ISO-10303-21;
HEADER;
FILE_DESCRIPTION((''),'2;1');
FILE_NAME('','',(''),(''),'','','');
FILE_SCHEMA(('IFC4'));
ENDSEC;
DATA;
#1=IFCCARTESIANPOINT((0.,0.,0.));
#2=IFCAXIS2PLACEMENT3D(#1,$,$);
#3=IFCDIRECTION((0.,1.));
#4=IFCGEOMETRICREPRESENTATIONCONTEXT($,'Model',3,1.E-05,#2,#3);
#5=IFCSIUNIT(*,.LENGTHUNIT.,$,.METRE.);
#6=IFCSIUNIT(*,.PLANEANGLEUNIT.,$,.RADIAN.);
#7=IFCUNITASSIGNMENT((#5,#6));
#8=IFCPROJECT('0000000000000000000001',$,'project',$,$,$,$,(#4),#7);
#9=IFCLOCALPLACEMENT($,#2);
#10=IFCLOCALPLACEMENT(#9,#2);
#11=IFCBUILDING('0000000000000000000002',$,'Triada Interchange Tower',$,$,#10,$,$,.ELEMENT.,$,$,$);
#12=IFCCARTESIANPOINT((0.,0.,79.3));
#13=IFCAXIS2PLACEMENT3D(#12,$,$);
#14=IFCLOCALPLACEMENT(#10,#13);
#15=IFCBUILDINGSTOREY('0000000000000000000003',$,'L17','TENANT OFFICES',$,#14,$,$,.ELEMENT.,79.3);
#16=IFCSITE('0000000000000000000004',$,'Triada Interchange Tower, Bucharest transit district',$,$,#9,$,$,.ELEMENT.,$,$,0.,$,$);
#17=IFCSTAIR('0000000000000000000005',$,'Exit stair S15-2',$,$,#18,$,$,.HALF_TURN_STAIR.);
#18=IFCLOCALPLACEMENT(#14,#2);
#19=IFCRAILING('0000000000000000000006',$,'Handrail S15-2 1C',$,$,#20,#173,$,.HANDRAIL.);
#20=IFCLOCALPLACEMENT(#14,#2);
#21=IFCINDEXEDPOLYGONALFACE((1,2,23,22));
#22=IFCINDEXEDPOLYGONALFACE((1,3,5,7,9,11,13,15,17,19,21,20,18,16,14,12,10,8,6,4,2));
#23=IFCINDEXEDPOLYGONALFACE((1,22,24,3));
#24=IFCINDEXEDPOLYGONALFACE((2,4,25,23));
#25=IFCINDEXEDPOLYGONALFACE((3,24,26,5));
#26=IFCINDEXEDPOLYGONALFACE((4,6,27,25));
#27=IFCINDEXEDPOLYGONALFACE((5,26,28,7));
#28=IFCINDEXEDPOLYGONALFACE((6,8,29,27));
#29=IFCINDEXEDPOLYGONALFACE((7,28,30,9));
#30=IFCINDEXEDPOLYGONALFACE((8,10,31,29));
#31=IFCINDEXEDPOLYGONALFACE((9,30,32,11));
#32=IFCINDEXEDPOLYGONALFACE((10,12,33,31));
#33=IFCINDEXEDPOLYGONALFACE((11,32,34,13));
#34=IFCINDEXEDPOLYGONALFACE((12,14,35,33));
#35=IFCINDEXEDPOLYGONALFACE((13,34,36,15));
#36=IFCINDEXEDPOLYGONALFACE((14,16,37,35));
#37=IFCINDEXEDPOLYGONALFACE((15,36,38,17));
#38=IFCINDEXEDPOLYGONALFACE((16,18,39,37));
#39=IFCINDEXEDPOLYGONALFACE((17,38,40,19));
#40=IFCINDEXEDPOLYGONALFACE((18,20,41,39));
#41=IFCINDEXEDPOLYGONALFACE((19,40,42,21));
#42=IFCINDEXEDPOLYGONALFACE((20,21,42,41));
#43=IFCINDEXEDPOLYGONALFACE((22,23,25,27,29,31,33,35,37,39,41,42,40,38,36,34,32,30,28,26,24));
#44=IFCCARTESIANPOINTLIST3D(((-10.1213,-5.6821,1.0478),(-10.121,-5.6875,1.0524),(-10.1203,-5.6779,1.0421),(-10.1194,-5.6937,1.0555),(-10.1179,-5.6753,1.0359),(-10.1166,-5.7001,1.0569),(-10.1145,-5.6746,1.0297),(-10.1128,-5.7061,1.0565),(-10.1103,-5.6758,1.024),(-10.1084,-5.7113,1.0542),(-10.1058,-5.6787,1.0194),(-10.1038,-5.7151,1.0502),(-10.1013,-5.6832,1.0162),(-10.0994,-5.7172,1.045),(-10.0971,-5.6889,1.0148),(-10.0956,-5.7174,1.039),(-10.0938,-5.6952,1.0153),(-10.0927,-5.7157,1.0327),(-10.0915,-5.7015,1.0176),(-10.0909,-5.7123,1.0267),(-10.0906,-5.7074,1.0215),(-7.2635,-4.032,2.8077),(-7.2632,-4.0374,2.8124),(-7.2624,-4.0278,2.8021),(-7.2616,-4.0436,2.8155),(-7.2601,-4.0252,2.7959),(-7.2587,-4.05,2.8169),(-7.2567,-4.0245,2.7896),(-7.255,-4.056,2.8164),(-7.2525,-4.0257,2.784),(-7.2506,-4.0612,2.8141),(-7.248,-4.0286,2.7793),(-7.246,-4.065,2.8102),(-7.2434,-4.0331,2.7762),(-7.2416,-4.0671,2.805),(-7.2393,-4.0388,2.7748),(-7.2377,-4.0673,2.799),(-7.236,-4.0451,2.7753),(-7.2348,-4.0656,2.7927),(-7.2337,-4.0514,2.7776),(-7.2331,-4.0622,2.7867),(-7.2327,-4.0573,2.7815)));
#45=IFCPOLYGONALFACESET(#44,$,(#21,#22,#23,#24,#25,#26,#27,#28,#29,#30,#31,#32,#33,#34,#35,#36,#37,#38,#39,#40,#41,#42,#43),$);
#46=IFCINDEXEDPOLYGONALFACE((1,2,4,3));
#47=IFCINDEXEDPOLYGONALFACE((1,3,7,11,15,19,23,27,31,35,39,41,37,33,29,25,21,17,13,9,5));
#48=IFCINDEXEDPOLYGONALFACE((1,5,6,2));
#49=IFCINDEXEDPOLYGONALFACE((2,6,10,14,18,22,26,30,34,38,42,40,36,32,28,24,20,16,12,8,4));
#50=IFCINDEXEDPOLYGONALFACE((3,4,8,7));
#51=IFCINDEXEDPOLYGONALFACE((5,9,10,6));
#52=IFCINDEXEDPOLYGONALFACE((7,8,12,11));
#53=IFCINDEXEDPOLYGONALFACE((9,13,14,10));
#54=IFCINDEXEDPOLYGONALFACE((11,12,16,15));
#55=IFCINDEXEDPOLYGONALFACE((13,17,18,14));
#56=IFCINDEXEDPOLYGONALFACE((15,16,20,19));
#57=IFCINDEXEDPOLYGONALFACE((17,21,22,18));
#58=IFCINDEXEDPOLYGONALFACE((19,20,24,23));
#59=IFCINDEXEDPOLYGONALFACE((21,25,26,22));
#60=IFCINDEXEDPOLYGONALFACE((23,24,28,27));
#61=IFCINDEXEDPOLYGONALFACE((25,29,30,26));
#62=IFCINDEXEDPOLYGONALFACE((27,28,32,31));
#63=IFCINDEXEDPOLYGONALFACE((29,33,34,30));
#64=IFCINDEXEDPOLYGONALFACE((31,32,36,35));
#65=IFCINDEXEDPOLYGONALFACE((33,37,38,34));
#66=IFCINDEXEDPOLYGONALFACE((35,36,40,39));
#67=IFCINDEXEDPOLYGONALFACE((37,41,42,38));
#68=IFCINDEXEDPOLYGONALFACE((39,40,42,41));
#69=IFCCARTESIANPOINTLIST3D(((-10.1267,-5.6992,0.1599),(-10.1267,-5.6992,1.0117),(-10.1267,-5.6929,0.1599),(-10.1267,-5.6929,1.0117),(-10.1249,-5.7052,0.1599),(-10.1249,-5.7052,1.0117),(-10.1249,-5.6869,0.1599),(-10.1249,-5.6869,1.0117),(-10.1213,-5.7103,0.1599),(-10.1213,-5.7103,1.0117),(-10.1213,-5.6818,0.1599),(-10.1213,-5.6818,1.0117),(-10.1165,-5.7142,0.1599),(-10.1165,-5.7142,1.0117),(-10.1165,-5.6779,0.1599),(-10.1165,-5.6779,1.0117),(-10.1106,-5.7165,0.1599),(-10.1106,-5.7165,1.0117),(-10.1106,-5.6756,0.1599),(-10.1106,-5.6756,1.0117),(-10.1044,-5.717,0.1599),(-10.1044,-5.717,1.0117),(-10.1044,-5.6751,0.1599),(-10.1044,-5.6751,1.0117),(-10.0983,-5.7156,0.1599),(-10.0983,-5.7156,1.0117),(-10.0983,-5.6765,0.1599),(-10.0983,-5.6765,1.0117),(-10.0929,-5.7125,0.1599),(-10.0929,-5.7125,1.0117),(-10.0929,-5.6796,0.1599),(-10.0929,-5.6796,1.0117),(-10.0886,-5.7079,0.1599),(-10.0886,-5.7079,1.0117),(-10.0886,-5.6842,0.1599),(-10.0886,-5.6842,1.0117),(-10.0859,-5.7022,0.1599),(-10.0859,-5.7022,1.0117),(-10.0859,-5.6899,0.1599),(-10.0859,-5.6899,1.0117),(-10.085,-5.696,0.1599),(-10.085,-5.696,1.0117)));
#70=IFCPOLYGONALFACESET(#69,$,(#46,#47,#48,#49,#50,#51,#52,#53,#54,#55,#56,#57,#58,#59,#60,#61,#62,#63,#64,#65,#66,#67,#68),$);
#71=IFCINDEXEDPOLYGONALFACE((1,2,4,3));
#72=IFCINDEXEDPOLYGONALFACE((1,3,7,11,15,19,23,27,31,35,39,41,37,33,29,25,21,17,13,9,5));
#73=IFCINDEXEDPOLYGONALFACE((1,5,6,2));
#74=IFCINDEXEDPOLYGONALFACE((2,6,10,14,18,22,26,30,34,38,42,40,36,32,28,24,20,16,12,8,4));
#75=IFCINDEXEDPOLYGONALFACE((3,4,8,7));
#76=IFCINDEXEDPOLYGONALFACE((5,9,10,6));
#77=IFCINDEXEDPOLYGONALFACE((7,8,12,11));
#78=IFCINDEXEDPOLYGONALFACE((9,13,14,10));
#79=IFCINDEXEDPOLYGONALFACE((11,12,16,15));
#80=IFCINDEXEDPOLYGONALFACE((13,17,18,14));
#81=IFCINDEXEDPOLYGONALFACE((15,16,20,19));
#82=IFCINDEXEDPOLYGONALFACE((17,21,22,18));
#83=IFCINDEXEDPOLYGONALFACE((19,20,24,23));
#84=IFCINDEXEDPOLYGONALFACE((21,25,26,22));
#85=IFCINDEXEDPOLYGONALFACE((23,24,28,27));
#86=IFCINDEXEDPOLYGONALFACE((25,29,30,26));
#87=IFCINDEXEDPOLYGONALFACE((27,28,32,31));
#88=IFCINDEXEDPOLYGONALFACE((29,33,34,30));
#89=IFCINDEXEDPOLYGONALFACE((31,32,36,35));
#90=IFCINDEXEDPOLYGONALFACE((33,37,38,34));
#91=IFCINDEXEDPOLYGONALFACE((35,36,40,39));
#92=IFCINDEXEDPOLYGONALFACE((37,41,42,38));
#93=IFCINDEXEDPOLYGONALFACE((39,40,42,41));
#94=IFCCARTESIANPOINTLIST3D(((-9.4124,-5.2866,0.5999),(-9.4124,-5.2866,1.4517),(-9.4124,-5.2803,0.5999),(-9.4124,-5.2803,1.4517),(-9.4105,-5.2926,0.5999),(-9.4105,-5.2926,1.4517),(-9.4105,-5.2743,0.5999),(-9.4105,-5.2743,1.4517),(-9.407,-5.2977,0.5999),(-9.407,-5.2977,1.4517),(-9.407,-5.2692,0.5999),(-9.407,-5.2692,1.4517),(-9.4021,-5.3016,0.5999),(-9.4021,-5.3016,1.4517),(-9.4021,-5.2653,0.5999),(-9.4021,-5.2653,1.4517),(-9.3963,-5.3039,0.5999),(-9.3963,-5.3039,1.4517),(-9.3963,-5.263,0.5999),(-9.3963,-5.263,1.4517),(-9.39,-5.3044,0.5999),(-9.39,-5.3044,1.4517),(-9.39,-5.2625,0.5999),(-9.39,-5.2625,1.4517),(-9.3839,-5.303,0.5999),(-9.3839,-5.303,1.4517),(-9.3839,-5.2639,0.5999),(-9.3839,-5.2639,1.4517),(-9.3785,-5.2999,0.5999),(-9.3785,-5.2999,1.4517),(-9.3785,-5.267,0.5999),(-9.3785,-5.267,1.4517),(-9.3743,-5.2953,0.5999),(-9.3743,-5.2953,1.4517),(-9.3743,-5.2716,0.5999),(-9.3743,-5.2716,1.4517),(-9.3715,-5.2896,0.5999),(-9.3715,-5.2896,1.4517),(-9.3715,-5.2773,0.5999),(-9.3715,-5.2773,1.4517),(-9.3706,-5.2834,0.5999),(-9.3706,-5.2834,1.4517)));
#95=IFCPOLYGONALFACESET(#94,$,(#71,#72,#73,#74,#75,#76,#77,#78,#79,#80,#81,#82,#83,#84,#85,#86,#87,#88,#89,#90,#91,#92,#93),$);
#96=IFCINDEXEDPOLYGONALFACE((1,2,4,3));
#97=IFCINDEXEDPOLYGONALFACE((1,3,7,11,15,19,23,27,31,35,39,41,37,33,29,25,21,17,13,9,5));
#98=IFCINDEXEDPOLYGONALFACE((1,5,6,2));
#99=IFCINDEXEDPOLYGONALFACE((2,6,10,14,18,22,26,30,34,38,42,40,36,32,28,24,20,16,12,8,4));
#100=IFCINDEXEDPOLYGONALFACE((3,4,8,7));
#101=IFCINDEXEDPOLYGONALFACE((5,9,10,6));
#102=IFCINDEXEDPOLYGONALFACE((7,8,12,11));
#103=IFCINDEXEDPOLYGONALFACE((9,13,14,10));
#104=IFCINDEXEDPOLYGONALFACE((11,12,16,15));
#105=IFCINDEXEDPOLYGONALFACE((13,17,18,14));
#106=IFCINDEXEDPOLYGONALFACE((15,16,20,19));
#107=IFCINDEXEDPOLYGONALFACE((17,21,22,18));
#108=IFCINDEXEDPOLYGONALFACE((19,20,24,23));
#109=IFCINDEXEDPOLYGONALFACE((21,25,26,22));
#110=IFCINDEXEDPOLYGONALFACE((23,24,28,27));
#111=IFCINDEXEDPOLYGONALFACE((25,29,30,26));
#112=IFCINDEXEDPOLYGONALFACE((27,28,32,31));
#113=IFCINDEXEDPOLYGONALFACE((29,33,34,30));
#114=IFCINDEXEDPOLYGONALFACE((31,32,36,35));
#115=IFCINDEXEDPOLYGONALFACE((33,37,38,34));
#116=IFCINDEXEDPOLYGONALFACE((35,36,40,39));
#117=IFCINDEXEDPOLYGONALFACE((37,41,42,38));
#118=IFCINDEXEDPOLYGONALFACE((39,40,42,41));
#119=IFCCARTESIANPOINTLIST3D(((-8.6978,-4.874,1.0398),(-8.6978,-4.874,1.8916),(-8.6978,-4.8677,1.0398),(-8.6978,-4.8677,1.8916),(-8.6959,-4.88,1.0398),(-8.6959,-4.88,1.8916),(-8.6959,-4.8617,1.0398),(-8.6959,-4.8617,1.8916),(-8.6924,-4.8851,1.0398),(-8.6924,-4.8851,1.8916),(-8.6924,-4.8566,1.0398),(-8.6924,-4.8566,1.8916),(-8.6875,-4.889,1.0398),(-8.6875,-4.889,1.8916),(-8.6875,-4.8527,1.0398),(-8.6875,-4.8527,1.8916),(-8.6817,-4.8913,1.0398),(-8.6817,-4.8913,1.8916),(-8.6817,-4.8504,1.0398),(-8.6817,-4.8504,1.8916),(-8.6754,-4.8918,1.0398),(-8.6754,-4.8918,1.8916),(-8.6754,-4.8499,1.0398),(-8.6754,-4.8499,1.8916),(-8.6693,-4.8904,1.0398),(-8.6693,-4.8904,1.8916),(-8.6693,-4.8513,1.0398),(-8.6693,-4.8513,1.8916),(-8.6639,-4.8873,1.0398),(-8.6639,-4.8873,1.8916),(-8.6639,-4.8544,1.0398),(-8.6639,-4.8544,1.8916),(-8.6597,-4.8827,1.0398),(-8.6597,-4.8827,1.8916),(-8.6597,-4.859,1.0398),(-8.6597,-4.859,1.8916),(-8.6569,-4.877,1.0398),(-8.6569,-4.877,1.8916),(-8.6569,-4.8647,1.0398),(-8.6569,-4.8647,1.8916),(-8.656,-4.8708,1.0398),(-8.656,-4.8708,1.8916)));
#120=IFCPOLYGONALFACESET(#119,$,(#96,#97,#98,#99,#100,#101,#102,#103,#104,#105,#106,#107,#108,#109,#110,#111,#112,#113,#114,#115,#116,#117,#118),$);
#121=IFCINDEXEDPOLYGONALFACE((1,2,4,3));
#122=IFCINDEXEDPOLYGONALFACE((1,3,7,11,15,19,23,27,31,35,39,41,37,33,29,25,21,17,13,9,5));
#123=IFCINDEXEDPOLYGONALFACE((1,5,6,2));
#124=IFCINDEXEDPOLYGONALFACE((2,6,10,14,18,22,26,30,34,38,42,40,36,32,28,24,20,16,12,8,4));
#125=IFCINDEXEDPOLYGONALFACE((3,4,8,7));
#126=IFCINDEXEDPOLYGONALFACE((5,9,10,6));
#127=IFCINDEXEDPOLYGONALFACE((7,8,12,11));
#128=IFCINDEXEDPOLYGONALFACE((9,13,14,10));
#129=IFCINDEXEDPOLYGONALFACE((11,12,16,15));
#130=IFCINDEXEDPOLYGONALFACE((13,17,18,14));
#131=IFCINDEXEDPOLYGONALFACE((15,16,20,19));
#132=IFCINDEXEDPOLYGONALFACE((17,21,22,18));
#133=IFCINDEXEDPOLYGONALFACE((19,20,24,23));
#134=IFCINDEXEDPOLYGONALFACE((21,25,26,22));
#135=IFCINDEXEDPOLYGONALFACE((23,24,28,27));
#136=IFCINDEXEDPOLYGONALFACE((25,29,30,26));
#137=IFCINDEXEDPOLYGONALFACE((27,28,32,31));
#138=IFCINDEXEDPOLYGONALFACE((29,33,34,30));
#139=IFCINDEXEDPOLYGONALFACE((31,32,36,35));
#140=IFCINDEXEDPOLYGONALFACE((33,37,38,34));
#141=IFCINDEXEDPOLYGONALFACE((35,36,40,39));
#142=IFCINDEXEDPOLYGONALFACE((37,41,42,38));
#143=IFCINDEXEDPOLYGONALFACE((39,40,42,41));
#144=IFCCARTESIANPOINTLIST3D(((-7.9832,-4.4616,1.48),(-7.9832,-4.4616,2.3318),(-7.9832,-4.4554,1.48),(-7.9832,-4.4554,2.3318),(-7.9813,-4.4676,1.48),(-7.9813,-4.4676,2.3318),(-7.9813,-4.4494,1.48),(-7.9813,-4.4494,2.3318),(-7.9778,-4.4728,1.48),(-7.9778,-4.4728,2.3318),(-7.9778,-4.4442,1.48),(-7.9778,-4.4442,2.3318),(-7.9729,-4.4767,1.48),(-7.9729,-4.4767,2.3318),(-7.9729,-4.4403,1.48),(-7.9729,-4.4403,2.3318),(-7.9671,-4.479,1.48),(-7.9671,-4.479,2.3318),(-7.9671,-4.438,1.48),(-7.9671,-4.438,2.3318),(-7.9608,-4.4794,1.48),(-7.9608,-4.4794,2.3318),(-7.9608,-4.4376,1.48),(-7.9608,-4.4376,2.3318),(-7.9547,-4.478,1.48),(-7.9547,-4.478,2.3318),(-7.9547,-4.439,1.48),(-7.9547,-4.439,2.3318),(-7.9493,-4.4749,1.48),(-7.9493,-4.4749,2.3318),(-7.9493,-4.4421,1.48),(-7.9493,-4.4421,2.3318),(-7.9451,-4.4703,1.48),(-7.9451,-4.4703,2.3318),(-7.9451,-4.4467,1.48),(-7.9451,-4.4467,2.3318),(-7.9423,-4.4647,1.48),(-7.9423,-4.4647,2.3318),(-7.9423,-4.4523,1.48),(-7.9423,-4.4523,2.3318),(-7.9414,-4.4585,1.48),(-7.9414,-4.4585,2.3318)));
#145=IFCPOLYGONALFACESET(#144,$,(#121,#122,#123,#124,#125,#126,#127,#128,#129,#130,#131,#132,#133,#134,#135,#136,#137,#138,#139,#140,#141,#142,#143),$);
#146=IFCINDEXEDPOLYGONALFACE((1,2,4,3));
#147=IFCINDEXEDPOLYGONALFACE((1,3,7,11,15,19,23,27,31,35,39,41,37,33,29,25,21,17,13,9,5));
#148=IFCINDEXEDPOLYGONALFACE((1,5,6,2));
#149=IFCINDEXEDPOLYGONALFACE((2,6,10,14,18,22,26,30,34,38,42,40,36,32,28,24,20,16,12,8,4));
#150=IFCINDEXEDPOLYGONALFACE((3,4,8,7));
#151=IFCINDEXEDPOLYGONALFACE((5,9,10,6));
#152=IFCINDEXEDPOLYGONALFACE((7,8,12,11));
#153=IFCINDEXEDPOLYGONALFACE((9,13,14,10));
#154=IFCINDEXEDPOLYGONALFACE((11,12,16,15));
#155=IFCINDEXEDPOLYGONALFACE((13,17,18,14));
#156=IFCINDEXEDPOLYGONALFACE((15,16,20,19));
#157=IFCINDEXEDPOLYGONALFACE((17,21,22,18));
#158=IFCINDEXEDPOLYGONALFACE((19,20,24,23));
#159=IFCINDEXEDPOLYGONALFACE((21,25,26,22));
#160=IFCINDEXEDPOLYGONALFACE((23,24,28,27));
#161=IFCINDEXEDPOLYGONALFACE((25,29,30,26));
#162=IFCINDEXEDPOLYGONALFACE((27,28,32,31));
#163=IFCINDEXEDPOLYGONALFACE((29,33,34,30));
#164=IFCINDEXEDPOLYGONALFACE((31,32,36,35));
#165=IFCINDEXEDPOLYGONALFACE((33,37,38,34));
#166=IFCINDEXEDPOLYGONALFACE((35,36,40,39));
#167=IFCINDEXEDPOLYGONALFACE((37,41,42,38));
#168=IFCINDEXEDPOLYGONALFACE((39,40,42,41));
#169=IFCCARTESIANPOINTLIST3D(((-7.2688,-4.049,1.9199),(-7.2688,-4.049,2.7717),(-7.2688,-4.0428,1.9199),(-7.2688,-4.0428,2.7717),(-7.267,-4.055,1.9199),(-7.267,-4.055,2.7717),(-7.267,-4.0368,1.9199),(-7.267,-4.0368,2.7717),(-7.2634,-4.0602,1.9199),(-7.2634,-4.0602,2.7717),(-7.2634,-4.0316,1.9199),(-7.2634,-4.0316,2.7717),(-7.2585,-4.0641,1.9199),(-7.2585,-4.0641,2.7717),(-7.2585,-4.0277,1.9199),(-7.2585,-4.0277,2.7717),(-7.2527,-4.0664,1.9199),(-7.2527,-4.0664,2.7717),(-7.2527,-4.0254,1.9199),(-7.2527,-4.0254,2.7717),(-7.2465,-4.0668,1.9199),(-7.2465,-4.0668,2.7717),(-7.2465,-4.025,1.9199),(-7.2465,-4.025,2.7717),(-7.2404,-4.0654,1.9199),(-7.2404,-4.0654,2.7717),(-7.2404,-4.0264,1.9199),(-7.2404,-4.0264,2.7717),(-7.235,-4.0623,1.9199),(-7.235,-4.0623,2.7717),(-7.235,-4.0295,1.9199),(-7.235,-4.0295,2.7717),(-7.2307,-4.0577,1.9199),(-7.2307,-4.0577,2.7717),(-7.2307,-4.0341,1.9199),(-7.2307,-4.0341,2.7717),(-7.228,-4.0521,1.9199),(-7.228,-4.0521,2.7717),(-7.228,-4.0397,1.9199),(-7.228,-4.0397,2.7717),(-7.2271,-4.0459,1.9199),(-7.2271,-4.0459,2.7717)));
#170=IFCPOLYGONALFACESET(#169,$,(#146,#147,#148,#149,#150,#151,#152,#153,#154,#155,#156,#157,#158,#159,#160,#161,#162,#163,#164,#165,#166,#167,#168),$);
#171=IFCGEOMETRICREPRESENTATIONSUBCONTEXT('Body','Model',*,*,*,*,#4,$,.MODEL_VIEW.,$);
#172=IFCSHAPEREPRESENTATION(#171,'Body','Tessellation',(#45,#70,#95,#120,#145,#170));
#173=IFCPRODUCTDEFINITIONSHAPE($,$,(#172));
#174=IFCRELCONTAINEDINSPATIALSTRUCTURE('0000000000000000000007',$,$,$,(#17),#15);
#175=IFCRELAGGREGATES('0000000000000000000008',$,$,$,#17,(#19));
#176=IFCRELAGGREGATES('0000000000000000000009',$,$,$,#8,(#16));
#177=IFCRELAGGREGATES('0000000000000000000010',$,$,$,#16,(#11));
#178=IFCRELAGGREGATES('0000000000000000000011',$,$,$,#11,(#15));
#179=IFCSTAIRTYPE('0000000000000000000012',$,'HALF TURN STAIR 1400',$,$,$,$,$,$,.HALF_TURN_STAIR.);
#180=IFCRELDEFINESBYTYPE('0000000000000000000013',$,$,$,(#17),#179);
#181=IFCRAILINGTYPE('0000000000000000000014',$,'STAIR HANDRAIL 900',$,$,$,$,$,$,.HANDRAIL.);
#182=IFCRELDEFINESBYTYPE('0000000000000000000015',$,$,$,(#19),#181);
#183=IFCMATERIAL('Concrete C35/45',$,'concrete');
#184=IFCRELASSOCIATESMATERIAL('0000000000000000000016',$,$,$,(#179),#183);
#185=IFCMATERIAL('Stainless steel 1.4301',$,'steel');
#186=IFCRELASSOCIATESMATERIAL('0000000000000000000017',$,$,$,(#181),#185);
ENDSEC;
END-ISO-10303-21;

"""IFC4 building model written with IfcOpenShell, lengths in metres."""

from ifc_helpers import new_model, si_unit, direction, frame, origin, origin_2d, place, context, subcontext, project, spatial, circle, extrude, material, type_object, element, aggregate, save


model = new_model("IFC4")

# Units and contexts
model_context = context("Model", 3, precision=1e-05, world=origin(), true_north=direction((0.0, 1.0)))
body_context = subcontext(model_context, "Body", "Model", "MODEL_VIEW")
ifc_project = project(units=[si_unit("LENGTHUNIT", "METRE"), si_unit("PLANEANGLEUNIT", "RADIAN")], contexts=[model_context])

# Site, building, storey
site_placement = place(None, origin())
site = spatial("IfcSite", under=ifc_project, at=site_placement, Name="Triada Interchange Tower, Bucharest transit district", CompositionType="ELEMENT", RefElevation=0.0)
building_placement = place(site_placement, origin())
building = spatial("IfcBuilding", under=site, at=building_placement, Name="Triada Interchange Tower", CompositionType="ELEMENT")
storey_placement = place(building_placement, frame((0.0, 0.0, 79.3)))
storey = spatial("IfcBuildingStorey", under=building, at=storey_placement, Name="L17", Description="TENANT OFFICES", CompositionType="ELEMENT", Elevation=79.3)

# Stair, railing
ifc_material_1 = material(Name="Concrete C35/45", Category="concrete")
stair_type = type_object("IfcStairType", Name="HALF TURN STAIR 1400", PredefinedType="HALF_TURN_STAIR", material=ifc_material_1)
stair_placement = place(storey_placement, origin())
stair = element("IfcStair", 1, at=stair_placement, inside=storey, type_object=stair_type, Name="Exit stair S15-2", PredefinedType="HALF_TURN_STAIR")
ifc_material_2 = material(Name="Stainless steel 1.4301", Category="steel")
railing_type = type_object("IfcRailingType", Name="STAIR HANDRAIL 900", PredefinedType="HANDRAIL", material=ifc_material_2)
railing_1_placement = place(storey_placement, frame((-10.106, -5.696, 0.1599)))
railing_1 = element("IfcRailing", 2, at=railing_1_placement, type_object=railing_type, Name="Handrail S15-2 1C", PredefinedType="HANDRAIL", context=body_context, shape_type="SweptSolid", body=[
    extrude(circle(Radius=0.0239, at=origin_2d()), frame((0.0, 0.0, 0.876), z_axis=(0.764129, 0.441205, 0.47058), x_axis=(-0.50003, 0.866008, 0.0)), (0.0, 0.0, 1.0), 3.74),
    extrude(circle(Radius=0.021, at=origin_2d()), origin(), (0.0, 0.0, 1.0), 0.8518),
    extrude(circle(Radius=0.021, at=origin_2d()), frame((0.7144, 0.4126, 0.4399)), (0.0, 0.0, 1.0), 0.8518),
    extrude(circle(Radius=0.021, at=origin_2d()), frame((1.429, 0.8252, 0.8799)), (0.0, 0.0, 1.0), 0.8518),
    extrude(circle(Radius=0.021, at=origin_2d()), frame((2.1436, 1.2375, 1.3201)), (0.0, 0.0, 1.0), 0.8518),
    extrude(circle(Radius=0.021, at=origin_2d()), frame((2.8579, 1.6501, 1.76)), (0.0, 0.0, 1.0), 0.8518),
])
aggregate(stair, [railing_1])

save(model, "model.ifc")
